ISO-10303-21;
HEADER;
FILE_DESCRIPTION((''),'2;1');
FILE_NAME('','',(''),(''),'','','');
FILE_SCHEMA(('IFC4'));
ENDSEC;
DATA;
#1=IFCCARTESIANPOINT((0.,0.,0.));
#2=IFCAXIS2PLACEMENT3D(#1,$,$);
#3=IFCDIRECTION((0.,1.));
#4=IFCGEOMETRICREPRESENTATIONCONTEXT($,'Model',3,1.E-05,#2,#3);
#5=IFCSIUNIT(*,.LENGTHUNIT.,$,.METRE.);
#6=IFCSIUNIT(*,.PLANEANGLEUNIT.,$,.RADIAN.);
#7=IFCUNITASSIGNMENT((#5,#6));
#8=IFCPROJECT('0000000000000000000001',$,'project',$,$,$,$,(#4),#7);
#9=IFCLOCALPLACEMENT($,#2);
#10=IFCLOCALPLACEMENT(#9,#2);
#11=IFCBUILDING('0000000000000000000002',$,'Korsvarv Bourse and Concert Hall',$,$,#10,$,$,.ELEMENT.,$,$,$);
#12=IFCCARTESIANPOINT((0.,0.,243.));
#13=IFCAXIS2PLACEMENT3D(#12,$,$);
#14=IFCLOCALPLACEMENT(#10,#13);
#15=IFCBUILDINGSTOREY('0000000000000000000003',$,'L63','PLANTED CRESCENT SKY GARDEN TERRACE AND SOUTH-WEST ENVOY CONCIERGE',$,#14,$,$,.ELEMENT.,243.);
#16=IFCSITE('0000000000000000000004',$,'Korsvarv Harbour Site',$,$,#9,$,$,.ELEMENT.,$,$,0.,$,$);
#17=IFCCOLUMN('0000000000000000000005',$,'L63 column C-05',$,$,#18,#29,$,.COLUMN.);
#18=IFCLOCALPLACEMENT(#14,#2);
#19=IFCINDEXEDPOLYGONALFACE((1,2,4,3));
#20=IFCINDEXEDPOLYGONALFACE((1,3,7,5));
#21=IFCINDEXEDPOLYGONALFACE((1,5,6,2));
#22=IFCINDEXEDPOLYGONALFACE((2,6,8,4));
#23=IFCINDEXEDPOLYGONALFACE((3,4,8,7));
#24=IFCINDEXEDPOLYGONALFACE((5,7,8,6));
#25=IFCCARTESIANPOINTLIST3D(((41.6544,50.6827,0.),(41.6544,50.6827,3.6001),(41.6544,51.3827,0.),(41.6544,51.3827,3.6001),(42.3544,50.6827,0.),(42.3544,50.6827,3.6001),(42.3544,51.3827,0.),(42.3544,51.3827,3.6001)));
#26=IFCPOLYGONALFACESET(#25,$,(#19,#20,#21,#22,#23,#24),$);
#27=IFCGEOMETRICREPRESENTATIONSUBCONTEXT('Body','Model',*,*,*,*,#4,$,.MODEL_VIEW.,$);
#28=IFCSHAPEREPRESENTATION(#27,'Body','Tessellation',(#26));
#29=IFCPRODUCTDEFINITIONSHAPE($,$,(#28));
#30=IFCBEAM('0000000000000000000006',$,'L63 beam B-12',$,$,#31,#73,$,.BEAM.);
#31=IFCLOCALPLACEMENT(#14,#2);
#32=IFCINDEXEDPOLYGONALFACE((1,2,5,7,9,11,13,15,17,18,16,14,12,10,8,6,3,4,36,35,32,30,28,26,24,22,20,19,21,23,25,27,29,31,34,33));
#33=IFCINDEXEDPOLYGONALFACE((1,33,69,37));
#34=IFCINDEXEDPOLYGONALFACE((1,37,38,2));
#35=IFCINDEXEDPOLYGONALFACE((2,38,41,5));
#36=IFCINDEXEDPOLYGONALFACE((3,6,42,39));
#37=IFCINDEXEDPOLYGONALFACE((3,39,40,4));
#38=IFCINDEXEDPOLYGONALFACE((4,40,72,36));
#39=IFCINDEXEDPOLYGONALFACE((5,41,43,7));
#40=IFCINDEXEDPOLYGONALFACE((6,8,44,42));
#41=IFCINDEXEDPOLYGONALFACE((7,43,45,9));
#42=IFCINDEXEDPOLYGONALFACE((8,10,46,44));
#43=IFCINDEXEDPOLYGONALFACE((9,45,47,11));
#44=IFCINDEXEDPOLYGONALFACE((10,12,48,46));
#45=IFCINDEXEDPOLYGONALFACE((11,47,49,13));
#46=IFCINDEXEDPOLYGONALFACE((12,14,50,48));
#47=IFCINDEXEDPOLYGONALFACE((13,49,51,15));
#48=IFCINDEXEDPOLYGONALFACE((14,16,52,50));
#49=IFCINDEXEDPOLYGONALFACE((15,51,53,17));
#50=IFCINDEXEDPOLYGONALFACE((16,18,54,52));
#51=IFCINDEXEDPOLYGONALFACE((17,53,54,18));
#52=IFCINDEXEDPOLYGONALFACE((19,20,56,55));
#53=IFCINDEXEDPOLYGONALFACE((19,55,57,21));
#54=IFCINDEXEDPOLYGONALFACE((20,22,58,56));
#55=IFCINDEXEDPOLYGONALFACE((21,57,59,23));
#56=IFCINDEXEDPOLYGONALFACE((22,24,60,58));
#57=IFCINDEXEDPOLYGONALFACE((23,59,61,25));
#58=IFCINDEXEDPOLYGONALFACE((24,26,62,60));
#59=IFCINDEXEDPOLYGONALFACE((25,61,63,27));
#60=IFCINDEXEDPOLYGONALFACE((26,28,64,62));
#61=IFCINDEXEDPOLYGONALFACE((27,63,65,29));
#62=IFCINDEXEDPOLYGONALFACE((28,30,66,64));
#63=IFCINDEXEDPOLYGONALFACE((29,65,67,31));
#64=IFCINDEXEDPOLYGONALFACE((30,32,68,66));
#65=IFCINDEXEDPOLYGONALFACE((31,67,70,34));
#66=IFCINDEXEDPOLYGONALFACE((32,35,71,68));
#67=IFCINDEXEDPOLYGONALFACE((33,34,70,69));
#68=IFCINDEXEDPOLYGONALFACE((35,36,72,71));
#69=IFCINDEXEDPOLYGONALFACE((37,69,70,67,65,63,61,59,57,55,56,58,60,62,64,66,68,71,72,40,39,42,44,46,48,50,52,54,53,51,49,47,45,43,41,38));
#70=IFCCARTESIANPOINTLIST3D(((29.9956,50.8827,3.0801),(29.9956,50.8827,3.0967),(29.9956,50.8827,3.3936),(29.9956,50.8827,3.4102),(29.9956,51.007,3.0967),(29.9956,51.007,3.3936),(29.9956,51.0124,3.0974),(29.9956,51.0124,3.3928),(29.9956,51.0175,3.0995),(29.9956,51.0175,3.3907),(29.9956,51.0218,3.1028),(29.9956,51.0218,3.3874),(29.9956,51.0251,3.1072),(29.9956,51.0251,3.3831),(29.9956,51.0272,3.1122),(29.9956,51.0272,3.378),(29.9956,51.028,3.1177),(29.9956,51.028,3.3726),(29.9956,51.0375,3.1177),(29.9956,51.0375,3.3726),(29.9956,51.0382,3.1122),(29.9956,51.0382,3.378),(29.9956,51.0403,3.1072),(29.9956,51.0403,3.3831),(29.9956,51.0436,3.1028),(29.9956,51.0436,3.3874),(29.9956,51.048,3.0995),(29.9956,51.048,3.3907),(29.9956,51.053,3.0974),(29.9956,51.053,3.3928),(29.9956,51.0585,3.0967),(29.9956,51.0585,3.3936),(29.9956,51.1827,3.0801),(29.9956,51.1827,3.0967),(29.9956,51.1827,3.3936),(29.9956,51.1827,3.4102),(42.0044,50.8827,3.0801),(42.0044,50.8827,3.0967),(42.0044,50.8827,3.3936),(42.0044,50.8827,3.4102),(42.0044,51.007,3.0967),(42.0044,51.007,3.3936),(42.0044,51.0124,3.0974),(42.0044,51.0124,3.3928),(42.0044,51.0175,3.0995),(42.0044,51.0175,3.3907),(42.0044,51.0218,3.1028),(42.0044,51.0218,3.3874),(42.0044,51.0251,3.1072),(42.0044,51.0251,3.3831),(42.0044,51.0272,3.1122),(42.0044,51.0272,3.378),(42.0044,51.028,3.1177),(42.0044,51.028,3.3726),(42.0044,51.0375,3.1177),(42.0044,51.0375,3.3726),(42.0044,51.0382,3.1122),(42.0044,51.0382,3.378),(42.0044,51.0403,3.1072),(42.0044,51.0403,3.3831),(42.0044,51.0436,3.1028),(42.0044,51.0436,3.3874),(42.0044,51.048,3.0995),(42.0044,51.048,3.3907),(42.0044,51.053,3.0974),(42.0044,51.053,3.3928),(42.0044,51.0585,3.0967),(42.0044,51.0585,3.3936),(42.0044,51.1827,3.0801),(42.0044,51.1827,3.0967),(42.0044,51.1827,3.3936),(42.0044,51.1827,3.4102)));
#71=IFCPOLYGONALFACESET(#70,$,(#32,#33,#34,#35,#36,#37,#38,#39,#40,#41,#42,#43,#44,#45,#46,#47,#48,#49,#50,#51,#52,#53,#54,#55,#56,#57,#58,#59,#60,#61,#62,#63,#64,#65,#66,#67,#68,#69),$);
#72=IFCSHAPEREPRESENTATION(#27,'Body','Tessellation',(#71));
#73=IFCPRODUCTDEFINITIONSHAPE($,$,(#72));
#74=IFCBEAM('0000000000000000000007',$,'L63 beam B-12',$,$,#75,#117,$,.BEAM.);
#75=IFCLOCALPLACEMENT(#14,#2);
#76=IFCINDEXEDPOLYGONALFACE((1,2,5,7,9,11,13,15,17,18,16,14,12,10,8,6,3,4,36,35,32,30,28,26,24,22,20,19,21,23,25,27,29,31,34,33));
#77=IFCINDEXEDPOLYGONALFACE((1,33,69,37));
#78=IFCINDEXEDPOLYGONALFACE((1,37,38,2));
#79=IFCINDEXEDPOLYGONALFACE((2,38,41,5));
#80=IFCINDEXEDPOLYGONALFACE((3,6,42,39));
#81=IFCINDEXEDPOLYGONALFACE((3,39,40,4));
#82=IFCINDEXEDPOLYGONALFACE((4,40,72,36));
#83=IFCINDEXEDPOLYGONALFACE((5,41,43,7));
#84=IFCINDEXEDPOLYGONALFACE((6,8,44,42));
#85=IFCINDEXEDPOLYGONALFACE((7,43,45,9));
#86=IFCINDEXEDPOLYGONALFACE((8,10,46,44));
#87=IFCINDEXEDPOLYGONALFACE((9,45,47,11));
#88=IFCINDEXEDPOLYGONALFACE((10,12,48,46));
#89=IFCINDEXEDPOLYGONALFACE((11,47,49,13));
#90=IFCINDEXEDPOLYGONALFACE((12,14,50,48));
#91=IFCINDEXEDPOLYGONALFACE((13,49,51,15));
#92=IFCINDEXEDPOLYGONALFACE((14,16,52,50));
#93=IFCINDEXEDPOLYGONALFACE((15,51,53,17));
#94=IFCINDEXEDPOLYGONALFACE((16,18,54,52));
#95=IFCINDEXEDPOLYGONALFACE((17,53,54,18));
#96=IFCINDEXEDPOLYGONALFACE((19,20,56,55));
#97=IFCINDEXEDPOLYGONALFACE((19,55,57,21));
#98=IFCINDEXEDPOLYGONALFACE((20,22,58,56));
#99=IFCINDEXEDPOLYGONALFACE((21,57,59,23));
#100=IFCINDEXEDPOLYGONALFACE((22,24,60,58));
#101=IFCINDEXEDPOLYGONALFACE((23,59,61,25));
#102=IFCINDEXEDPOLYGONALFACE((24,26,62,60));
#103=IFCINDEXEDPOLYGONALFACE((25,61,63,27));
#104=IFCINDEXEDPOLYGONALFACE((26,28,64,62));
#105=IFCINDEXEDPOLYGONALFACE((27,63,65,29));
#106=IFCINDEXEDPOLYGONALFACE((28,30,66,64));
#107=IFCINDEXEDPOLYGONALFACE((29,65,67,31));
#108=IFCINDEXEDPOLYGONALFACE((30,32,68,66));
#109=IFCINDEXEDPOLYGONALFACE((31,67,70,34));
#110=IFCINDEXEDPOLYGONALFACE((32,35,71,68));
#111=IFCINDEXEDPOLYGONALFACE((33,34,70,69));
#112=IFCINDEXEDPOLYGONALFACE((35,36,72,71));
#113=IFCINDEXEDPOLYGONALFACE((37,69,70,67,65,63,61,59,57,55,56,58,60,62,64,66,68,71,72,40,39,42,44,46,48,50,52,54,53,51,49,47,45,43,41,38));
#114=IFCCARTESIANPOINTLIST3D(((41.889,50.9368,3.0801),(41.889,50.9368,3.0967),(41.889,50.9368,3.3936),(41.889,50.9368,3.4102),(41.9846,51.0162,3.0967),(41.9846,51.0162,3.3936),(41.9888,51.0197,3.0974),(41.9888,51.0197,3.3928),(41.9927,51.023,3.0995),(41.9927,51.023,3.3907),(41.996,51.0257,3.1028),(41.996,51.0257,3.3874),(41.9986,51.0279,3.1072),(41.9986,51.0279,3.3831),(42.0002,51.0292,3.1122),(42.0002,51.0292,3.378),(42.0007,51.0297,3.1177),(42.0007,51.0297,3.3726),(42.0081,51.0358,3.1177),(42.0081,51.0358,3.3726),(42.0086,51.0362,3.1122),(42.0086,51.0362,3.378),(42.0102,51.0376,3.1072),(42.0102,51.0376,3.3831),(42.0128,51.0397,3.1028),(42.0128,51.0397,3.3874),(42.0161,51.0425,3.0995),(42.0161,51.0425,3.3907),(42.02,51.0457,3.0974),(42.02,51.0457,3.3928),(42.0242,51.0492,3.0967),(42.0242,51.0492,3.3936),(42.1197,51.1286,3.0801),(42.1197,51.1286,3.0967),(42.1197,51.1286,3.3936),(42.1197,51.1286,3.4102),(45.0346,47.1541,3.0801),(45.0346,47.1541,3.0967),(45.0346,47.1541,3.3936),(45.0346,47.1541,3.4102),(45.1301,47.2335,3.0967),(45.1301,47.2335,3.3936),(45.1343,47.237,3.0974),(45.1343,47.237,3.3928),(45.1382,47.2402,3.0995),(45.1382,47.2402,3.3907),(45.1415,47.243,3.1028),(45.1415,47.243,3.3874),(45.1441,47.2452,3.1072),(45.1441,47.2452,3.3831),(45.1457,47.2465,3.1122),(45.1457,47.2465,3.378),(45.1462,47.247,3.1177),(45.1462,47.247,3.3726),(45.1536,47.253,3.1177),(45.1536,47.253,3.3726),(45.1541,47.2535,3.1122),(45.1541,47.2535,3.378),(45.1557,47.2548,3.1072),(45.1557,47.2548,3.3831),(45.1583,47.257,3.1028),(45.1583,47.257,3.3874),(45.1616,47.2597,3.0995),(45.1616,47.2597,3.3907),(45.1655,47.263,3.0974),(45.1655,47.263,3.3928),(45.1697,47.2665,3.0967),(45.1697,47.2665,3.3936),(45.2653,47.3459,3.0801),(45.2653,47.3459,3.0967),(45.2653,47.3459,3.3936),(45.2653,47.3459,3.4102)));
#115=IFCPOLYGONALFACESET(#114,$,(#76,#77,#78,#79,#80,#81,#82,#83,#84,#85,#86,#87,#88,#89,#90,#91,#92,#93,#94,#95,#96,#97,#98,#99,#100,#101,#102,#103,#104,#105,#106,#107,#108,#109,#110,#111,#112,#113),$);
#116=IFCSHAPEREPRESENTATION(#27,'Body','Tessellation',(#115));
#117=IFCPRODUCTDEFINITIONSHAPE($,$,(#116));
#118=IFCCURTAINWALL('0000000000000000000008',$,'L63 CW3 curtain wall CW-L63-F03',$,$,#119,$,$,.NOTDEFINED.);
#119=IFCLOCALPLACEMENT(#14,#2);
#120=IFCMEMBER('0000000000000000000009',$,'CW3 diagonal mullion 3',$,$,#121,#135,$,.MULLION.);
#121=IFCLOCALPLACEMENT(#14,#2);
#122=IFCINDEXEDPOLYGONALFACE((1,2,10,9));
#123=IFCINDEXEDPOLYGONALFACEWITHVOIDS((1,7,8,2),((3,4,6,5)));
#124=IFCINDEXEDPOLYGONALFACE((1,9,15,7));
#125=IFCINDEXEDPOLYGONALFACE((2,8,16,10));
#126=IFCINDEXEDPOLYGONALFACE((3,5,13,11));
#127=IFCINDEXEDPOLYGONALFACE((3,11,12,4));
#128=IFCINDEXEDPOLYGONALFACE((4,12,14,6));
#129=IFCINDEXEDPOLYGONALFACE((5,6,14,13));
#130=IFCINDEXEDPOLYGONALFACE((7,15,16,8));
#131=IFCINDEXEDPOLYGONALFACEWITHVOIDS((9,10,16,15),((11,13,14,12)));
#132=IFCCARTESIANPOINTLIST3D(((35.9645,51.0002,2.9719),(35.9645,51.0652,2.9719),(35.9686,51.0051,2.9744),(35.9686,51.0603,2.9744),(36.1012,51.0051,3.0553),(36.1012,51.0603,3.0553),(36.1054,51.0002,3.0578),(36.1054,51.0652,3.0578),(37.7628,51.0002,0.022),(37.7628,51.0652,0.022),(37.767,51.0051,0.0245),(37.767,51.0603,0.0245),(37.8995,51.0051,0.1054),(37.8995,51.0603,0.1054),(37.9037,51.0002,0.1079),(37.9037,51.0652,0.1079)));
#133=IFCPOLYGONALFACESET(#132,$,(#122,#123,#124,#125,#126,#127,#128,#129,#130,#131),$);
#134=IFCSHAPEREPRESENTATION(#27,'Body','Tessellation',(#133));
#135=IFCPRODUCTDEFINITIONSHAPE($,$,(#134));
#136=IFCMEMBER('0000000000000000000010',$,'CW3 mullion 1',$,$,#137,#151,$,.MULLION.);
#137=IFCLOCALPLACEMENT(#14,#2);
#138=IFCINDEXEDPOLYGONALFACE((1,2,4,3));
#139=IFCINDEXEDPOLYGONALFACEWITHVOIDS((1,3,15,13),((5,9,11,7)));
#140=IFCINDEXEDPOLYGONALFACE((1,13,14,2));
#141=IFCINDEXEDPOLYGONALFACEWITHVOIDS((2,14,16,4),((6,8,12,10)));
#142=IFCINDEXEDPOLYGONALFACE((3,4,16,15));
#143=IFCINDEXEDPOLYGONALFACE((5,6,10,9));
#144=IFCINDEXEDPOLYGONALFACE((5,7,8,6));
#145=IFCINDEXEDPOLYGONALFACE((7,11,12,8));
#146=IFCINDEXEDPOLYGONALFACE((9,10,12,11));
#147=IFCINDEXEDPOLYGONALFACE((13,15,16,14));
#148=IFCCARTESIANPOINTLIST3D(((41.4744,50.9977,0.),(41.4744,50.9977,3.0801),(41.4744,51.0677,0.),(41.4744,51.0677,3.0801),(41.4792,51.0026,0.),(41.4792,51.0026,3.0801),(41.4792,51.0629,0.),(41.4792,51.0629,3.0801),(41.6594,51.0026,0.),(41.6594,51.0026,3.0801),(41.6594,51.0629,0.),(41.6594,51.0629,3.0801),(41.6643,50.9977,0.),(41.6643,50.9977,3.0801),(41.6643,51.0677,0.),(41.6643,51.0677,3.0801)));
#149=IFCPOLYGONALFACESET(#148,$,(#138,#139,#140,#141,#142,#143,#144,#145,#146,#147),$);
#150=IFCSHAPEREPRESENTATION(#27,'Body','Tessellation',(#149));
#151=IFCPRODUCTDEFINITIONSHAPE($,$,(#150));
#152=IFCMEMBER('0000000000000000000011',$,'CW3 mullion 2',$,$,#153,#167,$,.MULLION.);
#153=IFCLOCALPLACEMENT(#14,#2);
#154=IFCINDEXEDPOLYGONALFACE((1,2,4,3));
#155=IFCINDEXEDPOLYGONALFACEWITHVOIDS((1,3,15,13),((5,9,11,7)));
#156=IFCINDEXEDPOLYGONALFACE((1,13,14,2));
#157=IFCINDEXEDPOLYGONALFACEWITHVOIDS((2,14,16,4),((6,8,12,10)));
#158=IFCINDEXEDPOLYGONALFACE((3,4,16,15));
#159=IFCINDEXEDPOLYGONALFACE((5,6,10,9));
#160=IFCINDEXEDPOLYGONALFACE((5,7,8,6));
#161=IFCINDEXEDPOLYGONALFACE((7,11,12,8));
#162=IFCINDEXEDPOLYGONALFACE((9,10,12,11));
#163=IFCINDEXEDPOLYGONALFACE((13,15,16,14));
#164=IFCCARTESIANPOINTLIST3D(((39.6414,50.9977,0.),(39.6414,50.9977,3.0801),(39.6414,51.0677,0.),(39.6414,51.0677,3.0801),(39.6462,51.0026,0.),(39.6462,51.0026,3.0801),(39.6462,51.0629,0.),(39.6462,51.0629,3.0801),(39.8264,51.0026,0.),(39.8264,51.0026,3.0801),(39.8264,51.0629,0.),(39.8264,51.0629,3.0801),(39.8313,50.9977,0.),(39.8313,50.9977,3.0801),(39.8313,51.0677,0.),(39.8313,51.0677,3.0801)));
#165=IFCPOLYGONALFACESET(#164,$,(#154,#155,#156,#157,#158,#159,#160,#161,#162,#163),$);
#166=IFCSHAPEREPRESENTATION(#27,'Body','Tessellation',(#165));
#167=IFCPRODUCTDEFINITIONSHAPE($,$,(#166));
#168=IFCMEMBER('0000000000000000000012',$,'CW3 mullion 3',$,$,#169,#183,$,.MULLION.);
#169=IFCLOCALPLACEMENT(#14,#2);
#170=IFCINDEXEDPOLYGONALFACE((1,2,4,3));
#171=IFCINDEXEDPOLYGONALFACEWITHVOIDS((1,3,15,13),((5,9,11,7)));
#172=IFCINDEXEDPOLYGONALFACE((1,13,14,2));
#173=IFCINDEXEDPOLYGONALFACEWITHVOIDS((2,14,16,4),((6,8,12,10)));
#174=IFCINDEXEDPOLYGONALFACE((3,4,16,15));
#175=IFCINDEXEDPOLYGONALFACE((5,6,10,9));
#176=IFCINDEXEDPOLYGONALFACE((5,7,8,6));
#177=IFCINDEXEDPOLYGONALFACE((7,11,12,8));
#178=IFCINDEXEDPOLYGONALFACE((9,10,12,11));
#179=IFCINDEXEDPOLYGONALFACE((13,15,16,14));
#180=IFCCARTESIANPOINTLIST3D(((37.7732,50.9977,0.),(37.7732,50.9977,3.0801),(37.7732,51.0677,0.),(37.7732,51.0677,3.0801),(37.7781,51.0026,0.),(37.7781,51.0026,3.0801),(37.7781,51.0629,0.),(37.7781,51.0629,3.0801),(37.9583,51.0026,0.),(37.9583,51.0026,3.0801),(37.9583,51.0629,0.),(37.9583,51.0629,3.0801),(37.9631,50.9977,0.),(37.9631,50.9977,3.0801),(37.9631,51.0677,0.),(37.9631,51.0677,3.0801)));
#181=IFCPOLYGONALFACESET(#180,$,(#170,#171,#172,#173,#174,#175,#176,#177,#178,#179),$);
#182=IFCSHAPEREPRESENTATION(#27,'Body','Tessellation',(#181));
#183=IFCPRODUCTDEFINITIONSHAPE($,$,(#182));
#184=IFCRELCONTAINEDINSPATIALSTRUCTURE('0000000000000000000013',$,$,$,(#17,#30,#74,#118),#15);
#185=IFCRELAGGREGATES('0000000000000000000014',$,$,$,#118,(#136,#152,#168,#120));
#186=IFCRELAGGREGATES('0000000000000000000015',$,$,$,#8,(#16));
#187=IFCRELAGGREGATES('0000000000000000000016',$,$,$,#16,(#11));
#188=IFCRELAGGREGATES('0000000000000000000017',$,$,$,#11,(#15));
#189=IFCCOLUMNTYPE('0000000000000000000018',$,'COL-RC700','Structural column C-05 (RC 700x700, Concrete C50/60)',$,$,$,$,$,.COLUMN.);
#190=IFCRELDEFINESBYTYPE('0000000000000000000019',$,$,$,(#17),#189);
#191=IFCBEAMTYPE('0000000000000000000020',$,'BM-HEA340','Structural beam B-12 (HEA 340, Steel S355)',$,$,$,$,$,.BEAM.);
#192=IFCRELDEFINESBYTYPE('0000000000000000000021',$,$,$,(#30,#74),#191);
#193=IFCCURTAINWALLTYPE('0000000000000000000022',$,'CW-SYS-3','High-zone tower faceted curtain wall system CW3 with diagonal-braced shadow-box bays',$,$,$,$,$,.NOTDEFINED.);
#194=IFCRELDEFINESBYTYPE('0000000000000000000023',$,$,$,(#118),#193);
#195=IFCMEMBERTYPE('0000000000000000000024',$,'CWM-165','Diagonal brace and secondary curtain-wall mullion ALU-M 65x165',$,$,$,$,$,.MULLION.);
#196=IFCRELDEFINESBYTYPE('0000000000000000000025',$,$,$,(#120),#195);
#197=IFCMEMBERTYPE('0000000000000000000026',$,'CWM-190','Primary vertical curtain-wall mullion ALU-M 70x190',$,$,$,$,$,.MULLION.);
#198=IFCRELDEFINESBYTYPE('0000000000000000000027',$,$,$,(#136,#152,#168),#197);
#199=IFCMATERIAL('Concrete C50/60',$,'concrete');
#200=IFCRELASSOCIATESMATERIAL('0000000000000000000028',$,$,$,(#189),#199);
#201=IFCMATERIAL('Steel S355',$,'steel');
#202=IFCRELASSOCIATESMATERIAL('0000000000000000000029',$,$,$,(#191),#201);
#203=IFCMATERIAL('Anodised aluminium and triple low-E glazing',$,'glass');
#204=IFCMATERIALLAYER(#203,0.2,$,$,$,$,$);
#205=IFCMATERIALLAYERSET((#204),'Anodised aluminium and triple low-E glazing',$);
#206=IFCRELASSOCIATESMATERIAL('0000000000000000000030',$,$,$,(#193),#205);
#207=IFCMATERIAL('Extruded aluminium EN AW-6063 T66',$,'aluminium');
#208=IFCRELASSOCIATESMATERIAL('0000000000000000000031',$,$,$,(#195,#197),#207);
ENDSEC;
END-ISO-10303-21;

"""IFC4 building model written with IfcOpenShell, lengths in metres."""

from ifc_helpers import new_model, si_unit, direction, frame, origin, origin_2d, place, context, subcontext, project, spatial, rectangle, hollow_rectangle, i_section, extrude, source, transform, mapped, material, layer, layer_set, material_profile, profile_set, type_object, element, aggregate, save


model = new_model("IFC4")

# Units and contexts
model_context = context("Model", 3, precision=1e-05, world=origin(), true_north=direction((0.0, 1.0)))
body_context = subcontext(model_context, "Body", "Model", "MODEL_VIEW")
ifc_project = project(units=[si_unit("LENGTHUNIT", "METRE"), si_unit("PLANEANGLEUNIT", "RADIAN")], contexts=[model_context])

# Site, building, storey
site_placement = place(None, origin())
site = spatial("IfcSite", under=ifc_project, at=site_placement, Name="Korsvarv Harbour Site", CompositionType="ELEMENT", RefElevation=0.0)
building_placement = place(site_placement, origin())
building = spatial("IfcBuilding", under=site, at=building_placement, Name="Korsvarv Bourse and Concert Hall", CompositionType="ELEMENT")
storey_placement = place(building_placement, frame((0.0, 0.0, 243.0)))
storey = spatial("IfcBuildingStorey", under=building, at=storey_placement, Name="L63", Description="PLANTED CRESCENT SKY GARDEN TERRACE AND SOUTH-WEST ENVOY CONCIERGE", CompositionType="ELEMENT", Elevation=243.0)

# Column
ifc_material_1 = material(Name="Concrete C50/60", Category="concrete")
ifc_material_profile_1 = material_profile(ifc_material_1, rectangle(XDim=0.7, YDim=0.7, at=origin_2d()), Name="RC 700x700")
ifc_profile_set_1 = profile_set([ifc_material_profile_1], Name="Concrete C50/60")
column_type = type_object("IfcColumnType", Name="COL-RC700", Description="Structural column C-05 (RC 700x700, Concrete C50/60)", PredefinedType="COLUMN", material=ifc_profile_set_1)
shared_shape_1 = source(origin(), body_context, "Body", "SweptSolid", [
    extrude(rectangle(XDim=0.7, YDim=0.7, at=origin_2d()), origin(), (0.0, 0.0, 1.0), 3.6001),
])
column_placement = place(storey_placement, frame((42.0044, 51.0327, 0.0), z_axis=(0.0, 0.0, 1.0), x_axis=(1.0, 0.0, 0.0)))
element("IfcColumn", 1, at=column_placement, inside=storey, type_object=column_type, Name="L63 column C-05", PredefinedType="COLUMN", context=body_context, shape_type="MappedRepresentation", body=[
    mapped(shared_shape_1, transform((0.0, 0.0, 0.0), scale=1.0)),
])

# Beams
ifc_material_2 = material(Name="Steel S355", Category="steel")
ifc_material_profile_2 = material_profile(ifc_material_2, i_section(OverallWidth=0.3, OverallDepth=0.3301, WebThickness=0.0095, FlangeThickness=0.0166, FilletRadius=0.021, at=origin_2d()), Name="HEA 340")
ifc_profile_set_2 = profile_set([ifc_material_profile_2], Name="Steel S355")
beam_type = type_object("IfcBeamType", Name="BM-HEA340", Description="Structural beam B-12 (HEA 340, Steel S355)", PredefinedType="BEAM", material=ifc_profile_set_2)
shared_shape_2 = source(origin(), body_context, "Body", "SweptSolid", [
    extrude(i_section(OverallWidth=0.3, OverallDepth=0.3301, WebThickness=0.0095, FlangeThickness=0.0166, FilletRadius=0.021, at=origin_2d()), origin(), (0.0, 0.0, 1.0), 12.0088),
])
beam_1_placement = place(storey_placement, frame((42.0044, 51.0327, 3.2451), z_axis=(-1.0, 0.0, 0.0), x_axis=(0.0, -1.0, 0.0)))
element("IfcBeam", 2, at=beam_1_placement, inside=storey, type_object=beam_type, Name="L63 beam B-12", PredefinedType="BEAM", context=body_context, shape_type="MappedRepresentation", body=[
    mapped(shared_shape_2, transform((0.0, 0.0, 0.0), scale=1.0)),
])
shared_shape_3 = source(origin(), body_context, "Body", "SweptSolid", [
    extrude(i_section(OverallWidth=0.3, OverallDepth=0.3301, WebThickness=0.0095, FlangeThickness=0.0166, FilletRadius=0.021, at=origin_2d()), origin(), (0.0, 0.0, 1.0), 4.9197),
])
beam_2_placement = place(storey_placement, frame((42.0044, 51.0327, 3.2451), z_axis=(0.639374, -0.768896, 0.0), x_axis=(0.768896, 0.639374, 0.0)))
element("IfcBeam", 3, at=beam_2_placement, inside=storey, type_object=beam_type, Name="L63 beam B-12", PredefinedType="BEAM", context=body_context, shape_type="MappedRepresentation", body=[
    mapped(shared_shape_3, transform((0.0, 0.0, 0.0), scale=1.0)),
])

# Curtain wall, members
ifc_material_3 = material(Name="Anodised aluminium and triple low-E glazing", Category="glass")
ifc_layer_1 = layer(ifc_material_3, 0.2)
ifc_layer_set_1 = layer_set([ifc_layer_1], Name="Anodised aluminium and triple low-E glazing")
curtain_wall_type = type_object("IfcCurtainWallType", Name="CW-SYS-3", Description="High-zone tower faceted curtain wall system CW3 with diagonal-braced shadow-box bays", PredefinedType="NOTDEFINED", material=ifc_layer_set_1)
curtain_wall_placement = place(storey_placement, origin())
curtain_wall = element("IfcCurtainWall", 4, at=curtain_wall_placement, inside=storey, type_object=curtain_wall_type, Name="L63 CW3 curtain wall CW-L63-F03", PredefinedType="NOTDEFINED")
ifc_material_4 = material(Name="Extruded aluminium EN AW-6063 T66", Category="aluminium")
ifc_material_profile_3 = material_profile(ifc_material_4, hollow_rectangle(XDim=0.0649, YDim=0.165, WallThickness=0.0049, at=origin_2d()), Name="ALU-M 65x165")
ifc_profile_set_3 = profile_set([ifc_material_profile_3], Name="Extruded aluminium EN AW-6063 T66")
member_type_1 = type_object("IfcMemberType", Name="CWM-165", Description="Diagonal brace and secondary curtain-wall mullion ALU-M 65x165", PredefinedType="MULLION", material=ifc_profile_set_3)
shared_shape_4 = source(origin(), body_context, "Body", "SweptSolid", [
    extrude(hollow_rectangle(XDim=0.0649, YDim=0.165, WallThickness=0.0049, at=origin_2d()), origin(), (0.0, 0.0, 1.0), 3.4548),
])
member_1_placement = place(storey_placement, frame((37.8333, 51.0327, 0.0649), z_axis=(-0.520521, 0.0, 0.853849), x_axis=(0.0, -1.0, 0.0)))
member_1 = element("IfcMember", 5, at=member_1_placement, type_object=member_type_1, Name="CW3 diagonal mullion 3", PredefinedType="MULLION", context=body_context, shape_type="MappedRepresentation", body=[
    mapped(shared_shape_4, transform((0.0, 0.0, 0.0), scale=1.0)),
])
ifc_material_profile_4 = material_profile(ifc_material_4, hollow_rectangle(XDim=0.0701, YDim=0.1899, WallThickness=0.0049, at=origin_2d()), Name="ALU-M 70x190")
ifc_profile_set_4 = profile_set([ifc_material_profile_4], Name="Extruded aluminium EN AW-6063 T66")
member_type_2 = type_object("IfcMemberType", Name="CWM-190", Description="Primary vertical curtain-wall mullion ALU-M 70x190", PredefinedType="MULLION", material=ifc_profile_set_4)
shared_shape_5 = source(origin(), body_context, "Body", "SweptSolid", [
    extrude(hollow_rectangle(XDim=0.0701, YDim=0.1899, WallThickness=0.0049, at=origin_2d()), origin(), (0.0, 0.0, 1.0), 3.0801),
])
member_2_placement = place(storey_placement, frame((41.5693, 51.0327, 0.0), z_axis=(0.0, 0.0, 1.0), x_axis=(0.0, -1.0, 0.0)))
member_2 = element("IfcMember", 6, at=member_2_placement, type_object=member_type_2, Name="CW3 mullion 1", PredefinedType="MULLION", context=body_context, shape_type="MappedRepresentation", body=[
    mapped(shared_shape_5, transform((0.0, 0.0, 0.0), scale=1.0)),
])
member_3_placement = place(storey_placement, frame((39.7363, 51.0327, 0.0), z_axis=(0.0, 0.0, 1.0), x_axis=(0.0, -1.0, 0.0)))
member_3 = element("IfcMember", 7, at=member_3_placement, type_object=member_type_2, Name="CW3 mullion 2", PredefinedType="MULLION", context=body_context, shape_type="MappedRepresentation", body=[
    mapped(shared_shape_5, transform((0.0, 0.0, 0.0), scale=1.0)),
])
member_4_placement = place(storey_placement, frame((37.8682, 51.0327, 0.0), z_axis=(0.0, 0.0, 1.0), x_axis=(0.0, -1.0, 0.0)))
member_4 = element("IfcMember", 8, at=member_4_placement, type_object=member_type_2, Name="CW3 mullion 3", PredefinedType="MULLION", context=body_context, shape_type="MappedRepresentation", body=[
    mapped(shared_shape_5, transform((0.0, 0.0, 0.0), scale=1.0)),
])
aggregate(curtain_wall, [member_2, member_3, member_4, member_1])

save(model, "model.ifc")
